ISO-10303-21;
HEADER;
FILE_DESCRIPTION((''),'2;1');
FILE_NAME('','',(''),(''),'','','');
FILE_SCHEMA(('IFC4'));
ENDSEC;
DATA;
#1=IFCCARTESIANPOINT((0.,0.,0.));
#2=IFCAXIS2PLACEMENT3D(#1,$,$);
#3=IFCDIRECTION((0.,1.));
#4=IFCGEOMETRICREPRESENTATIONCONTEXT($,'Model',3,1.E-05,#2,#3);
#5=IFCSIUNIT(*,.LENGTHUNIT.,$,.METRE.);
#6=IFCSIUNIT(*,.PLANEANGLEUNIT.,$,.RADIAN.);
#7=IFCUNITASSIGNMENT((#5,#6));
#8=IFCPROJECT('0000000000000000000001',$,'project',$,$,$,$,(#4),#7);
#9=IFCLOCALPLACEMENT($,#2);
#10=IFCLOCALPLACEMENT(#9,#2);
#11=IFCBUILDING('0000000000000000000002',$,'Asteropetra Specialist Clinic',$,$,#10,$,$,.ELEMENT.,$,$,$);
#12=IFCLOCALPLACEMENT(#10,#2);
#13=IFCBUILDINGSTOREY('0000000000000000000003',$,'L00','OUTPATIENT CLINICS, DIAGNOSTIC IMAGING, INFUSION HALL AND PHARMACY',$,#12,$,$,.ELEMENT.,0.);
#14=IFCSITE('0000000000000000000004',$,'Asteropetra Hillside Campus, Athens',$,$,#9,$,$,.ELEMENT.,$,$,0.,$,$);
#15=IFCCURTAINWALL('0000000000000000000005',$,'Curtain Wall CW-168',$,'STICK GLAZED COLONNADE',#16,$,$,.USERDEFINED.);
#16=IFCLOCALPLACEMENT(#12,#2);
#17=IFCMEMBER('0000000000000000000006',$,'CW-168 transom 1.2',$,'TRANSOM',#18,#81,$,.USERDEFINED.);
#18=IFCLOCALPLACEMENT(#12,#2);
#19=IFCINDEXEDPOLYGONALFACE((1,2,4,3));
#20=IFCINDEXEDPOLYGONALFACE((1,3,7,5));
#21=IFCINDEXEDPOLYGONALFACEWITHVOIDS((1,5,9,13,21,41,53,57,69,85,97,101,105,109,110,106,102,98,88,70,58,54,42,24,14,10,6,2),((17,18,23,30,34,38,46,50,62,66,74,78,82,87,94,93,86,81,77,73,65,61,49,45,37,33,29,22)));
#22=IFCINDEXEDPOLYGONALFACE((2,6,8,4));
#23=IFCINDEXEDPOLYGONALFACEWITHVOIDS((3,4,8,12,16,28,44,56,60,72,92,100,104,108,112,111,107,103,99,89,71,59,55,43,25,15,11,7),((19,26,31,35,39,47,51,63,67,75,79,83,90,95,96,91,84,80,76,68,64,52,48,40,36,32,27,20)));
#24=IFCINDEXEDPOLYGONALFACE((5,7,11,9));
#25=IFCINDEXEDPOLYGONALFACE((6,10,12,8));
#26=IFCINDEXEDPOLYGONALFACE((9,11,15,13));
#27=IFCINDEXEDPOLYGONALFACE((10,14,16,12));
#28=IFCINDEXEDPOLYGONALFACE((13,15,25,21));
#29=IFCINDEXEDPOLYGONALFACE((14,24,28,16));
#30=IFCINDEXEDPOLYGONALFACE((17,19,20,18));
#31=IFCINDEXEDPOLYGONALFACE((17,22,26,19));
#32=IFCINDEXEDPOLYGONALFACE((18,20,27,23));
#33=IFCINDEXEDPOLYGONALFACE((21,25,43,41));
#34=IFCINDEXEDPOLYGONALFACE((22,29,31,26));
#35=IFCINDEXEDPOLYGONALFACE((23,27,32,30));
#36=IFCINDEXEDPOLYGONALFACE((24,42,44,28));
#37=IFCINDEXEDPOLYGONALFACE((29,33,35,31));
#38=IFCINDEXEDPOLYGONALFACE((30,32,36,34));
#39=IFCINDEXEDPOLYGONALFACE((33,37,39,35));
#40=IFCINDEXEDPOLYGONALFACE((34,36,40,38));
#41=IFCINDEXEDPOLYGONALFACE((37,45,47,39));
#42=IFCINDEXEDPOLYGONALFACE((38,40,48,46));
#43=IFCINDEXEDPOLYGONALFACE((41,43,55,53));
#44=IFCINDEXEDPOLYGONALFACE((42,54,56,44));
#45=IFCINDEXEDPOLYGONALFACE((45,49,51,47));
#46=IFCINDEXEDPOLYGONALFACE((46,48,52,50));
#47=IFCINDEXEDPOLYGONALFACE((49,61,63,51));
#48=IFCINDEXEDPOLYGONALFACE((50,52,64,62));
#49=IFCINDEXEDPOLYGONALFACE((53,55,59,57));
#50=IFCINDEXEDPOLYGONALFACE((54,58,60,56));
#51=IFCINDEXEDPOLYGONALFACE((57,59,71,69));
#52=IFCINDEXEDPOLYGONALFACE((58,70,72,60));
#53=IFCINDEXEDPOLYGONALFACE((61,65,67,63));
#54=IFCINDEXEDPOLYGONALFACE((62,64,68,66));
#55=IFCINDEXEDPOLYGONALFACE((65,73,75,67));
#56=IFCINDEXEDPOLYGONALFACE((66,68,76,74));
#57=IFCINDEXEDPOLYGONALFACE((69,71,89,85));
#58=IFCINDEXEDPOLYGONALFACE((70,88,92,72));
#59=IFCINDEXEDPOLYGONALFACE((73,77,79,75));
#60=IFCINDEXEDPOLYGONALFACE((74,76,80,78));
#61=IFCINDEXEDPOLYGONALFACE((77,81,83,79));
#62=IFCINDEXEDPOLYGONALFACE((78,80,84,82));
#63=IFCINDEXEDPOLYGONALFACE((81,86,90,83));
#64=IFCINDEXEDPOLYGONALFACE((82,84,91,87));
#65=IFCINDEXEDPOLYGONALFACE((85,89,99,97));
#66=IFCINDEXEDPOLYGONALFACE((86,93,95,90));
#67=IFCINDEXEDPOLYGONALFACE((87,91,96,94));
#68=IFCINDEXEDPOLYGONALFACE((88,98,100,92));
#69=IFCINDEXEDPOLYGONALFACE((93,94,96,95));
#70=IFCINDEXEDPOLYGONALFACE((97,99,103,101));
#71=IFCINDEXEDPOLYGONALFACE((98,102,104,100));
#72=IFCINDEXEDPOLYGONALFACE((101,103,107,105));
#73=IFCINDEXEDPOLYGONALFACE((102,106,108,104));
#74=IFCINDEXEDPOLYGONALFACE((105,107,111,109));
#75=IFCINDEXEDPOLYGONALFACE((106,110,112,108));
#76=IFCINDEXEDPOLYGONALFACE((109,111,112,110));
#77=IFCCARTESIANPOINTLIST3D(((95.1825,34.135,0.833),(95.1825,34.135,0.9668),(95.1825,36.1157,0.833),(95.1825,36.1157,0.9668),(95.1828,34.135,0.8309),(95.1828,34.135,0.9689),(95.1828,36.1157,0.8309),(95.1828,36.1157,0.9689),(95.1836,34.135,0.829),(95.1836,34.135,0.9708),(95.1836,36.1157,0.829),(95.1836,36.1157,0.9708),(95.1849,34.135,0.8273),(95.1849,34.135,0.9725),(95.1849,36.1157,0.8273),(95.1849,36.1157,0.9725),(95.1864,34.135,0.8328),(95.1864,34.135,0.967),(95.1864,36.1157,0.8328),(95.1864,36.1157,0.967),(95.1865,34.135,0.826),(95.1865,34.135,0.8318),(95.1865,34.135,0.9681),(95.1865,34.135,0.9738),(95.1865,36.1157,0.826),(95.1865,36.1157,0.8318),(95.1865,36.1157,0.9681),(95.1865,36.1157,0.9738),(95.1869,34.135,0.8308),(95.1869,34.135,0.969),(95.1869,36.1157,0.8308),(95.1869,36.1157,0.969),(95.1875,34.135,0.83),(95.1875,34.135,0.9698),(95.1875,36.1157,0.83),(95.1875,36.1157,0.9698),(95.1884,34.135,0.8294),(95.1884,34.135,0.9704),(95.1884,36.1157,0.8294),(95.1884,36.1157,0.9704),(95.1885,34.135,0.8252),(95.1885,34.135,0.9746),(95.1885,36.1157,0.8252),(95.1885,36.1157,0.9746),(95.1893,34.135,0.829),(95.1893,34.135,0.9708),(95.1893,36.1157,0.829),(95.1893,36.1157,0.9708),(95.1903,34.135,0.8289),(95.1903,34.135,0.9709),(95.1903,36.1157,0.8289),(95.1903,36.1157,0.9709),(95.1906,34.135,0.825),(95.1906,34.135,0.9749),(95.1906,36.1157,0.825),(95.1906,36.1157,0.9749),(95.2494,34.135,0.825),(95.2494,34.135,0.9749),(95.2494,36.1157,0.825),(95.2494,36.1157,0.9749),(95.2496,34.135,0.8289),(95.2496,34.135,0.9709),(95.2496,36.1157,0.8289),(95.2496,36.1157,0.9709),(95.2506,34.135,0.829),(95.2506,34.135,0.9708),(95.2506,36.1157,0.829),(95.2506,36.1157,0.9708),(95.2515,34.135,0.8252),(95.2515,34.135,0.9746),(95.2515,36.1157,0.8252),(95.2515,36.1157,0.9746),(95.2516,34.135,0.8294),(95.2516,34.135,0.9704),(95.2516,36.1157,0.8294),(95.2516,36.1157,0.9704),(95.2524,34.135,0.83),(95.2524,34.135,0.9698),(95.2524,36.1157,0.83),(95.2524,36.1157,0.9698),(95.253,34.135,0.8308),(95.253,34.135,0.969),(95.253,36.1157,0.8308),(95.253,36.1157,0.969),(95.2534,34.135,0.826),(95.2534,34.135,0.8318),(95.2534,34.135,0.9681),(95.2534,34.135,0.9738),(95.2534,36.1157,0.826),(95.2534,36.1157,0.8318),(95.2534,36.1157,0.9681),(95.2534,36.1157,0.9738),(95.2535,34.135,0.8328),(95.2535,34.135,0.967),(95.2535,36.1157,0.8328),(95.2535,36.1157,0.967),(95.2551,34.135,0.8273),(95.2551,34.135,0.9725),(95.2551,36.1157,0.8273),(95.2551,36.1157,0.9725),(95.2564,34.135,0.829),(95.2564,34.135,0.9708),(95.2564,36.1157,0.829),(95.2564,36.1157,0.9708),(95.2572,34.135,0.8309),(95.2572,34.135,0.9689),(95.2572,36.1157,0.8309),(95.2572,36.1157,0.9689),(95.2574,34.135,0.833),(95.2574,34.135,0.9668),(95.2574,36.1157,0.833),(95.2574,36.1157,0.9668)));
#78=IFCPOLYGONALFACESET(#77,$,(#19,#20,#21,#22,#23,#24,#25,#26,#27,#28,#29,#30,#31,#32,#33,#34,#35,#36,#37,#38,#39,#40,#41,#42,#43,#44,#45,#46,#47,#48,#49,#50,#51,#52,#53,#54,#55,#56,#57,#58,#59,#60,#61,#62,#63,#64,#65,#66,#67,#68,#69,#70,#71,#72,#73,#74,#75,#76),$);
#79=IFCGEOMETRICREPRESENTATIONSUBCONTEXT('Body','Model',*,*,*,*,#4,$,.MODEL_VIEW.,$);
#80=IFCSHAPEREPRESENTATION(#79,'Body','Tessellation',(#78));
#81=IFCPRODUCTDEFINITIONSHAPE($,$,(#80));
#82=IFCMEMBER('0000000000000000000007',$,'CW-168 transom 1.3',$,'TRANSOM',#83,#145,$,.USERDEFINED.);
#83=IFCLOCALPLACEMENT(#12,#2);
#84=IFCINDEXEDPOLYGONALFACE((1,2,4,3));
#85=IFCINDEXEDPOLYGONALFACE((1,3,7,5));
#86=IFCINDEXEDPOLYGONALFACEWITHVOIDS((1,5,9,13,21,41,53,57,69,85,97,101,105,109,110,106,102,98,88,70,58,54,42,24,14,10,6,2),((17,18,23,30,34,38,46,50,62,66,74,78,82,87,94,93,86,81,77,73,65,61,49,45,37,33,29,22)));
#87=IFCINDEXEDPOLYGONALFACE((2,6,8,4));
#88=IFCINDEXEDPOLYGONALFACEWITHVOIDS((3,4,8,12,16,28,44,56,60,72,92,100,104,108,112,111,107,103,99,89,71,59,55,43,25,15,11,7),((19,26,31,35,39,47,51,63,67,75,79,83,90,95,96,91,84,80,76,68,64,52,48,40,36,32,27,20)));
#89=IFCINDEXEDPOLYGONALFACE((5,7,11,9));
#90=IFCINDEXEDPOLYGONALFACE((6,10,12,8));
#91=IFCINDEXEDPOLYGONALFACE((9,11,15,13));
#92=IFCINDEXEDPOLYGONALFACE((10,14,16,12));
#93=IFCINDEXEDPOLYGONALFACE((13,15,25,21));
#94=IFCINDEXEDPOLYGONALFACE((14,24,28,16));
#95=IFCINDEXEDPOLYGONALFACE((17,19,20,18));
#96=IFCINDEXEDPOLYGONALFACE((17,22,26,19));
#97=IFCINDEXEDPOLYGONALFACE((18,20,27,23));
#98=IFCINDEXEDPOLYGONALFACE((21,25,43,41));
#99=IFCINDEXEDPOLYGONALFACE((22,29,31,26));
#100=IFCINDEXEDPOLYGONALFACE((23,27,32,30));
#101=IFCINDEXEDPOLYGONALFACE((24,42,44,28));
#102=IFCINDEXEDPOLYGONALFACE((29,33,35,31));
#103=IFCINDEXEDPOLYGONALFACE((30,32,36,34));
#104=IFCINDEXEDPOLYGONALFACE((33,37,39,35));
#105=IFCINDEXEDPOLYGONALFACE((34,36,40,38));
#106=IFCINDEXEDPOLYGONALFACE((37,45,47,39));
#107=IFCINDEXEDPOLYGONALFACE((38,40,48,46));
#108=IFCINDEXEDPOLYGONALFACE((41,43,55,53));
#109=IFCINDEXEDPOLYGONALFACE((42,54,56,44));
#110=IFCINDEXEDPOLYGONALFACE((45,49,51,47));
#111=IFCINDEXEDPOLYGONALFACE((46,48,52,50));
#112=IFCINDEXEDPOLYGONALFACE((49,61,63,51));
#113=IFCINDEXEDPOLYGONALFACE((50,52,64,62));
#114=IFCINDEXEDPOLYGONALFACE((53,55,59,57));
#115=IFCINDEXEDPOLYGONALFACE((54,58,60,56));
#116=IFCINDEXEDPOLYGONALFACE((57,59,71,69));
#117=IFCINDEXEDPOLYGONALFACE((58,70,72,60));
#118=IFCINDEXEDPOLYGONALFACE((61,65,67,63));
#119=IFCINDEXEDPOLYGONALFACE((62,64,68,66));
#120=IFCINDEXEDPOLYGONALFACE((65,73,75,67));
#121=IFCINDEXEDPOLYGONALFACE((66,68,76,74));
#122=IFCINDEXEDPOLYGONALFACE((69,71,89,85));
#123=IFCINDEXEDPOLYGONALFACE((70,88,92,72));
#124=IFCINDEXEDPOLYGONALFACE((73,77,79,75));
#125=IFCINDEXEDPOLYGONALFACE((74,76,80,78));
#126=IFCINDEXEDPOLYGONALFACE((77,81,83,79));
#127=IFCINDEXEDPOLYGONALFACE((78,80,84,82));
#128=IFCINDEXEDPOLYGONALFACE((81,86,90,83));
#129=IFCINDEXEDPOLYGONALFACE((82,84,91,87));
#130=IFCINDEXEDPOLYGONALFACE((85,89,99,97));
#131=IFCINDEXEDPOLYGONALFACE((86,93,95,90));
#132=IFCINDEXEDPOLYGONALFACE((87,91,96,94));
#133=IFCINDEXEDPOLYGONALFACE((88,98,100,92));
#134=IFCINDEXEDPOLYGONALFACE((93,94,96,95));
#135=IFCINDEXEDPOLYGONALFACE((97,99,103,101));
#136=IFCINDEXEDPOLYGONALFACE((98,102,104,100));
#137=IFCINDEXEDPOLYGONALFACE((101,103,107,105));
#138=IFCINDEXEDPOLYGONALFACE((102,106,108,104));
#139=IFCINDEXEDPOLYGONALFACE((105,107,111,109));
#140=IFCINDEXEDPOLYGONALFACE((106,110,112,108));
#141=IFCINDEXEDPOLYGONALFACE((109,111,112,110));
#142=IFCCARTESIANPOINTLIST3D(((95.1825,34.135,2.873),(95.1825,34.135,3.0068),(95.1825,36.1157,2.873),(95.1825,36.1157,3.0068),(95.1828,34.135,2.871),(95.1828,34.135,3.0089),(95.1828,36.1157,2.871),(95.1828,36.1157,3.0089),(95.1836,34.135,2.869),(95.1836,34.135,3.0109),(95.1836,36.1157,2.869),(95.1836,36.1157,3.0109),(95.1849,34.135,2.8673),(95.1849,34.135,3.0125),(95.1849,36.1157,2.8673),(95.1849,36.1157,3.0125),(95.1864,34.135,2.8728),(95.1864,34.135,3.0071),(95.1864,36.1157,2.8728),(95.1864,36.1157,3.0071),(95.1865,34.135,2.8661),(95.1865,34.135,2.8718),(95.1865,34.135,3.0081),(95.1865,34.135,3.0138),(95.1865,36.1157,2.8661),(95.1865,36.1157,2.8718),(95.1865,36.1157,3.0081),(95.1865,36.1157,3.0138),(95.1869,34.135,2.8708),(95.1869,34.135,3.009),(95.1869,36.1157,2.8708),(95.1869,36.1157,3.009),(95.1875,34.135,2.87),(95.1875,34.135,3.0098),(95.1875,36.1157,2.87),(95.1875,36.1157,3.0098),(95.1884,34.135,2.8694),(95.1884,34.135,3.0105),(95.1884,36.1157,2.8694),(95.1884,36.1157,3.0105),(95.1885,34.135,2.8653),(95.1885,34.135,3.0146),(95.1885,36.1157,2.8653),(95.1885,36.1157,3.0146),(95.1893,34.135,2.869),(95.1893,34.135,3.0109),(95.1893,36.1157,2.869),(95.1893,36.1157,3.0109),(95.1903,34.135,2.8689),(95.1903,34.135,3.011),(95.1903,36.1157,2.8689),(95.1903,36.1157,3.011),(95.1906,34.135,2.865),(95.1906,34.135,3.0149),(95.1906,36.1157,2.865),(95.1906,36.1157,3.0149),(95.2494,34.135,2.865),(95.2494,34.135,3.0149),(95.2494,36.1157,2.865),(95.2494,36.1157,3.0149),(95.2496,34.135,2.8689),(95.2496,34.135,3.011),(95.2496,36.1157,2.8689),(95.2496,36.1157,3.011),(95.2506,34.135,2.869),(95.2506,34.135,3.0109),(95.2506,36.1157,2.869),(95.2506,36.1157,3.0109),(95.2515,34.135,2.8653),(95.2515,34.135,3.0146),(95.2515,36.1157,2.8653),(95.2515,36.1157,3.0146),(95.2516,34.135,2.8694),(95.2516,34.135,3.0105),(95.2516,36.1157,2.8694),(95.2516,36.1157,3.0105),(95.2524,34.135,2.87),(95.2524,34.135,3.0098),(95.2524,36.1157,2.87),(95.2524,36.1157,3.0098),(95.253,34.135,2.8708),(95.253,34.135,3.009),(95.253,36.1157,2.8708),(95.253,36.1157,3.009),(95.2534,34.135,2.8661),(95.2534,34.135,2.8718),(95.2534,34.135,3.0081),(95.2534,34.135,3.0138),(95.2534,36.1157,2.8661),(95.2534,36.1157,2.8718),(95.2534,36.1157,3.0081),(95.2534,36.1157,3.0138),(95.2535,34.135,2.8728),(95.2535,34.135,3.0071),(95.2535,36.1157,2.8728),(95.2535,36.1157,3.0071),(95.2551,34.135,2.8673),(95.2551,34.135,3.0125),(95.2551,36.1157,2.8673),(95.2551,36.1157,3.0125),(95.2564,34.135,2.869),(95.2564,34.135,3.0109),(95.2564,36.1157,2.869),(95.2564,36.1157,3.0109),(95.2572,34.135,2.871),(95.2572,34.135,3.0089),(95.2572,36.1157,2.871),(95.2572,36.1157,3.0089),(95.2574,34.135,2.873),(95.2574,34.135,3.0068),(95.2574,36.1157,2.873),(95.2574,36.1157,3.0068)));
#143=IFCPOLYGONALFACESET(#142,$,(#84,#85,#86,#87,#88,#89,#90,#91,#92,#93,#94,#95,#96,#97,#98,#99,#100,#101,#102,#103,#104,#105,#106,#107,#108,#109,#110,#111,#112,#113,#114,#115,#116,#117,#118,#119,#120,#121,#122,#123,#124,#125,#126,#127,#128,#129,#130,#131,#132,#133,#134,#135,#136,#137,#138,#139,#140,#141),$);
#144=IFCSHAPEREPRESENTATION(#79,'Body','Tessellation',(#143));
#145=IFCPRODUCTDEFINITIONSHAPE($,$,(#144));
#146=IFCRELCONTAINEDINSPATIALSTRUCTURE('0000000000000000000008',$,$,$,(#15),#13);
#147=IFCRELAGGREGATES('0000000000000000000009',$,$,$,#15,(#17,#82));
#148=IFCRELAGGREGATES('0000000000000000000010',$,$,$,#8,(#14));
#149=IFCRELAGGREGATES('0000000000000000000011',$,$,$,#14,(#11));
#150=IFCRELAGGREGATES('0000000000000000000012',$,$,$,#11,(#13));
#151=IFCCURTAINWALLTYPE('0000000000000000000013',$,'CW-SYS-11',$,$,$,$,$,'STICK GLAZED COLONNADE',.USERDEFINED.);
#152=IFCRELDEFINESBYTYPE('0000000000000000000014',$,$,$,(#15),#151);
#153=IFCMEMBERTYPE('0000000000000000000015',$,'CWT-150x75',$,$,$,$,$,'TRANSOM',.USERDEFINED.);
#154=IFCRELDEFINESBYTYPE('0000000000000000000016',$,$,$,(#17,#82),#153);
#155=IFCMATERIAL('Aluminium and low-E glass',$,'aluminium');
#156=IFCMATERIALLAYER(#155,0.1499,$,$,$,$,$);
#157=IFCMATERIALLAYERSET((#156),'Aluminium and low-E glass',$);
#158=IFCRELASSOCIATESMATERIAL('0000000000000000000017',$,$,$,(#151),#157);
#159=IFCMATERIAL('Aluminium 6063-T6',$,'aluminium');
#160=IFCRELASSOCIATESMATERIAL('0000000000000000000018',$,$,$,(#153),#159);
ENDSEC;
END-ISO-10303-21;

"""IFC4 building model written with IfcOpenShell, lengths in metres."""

from ifc_helpers import new_model, si_unit, direction, frame, origin, origin_2d, place, context, subcontext, project, spatial, hollow_rectangle, extrude, material, layer, layer_set, material_profile, profile_set, type_object, element, aggregate, save


model = new_model("IFC4")

# Units and contexts
model_context = context("Model", 3, precision=1e-05, world=origin(), true_north=direction((0.0, 1.0)))
body_context = subcontext(model_context, "Body", "Model", "MODEL_VIEW")
ifc_project = project(units=[si_unit("LENGTHUNIT", "METRE"), si_unit("PLANEANGLEUNIT", "RADIAN")], contexts=[model_context])

# Site, building, storey
site_placement = place(None, origin())
site = spatial("IfcSite", under=ifc_project, at=site_placement, Name="Asteropetra Hillside Campus, Athens", CompositionType="ELEMENT", RefElevation=0.0)
building_placement = place(site_placement, origin())
building = spatial("IfcBuilding", under=site, at=building_placement, Name="Asteropetra Specialist Clinic", CompositionType="ELEMENT")
storey_placement = place(building_placement, origin())
storey = spatial("IfcBuildingStorey", under=building, at=storey_placement, Name="L00", Description="OUTPATIENT CLINICS, DIAGNOSTIC IMAGING, INFUSION HALL AND PHARMACY", CompositionType="ELEMENT", Elevation=0.0)

# Curtain wall, members
ifc_material_1 = material(Name="Aluminium and low-E glass", Category="aluminium")
ifc_layer_1 = layer(ifc_material_1, 0.1499)
ifc_layer_set_1 = layer_set([ifc_layer_1], Name="Aluminium and low-E glass")
curtain_wall_type = type_object("IfcCurtainWallType", Name="CW-SYS-11", ElementType="STICK GLAZED COLONNADE", PredefinedType="USERDEFINED", material=ifc_layer_set_1)
curtain_wall_placement = place(storey_placement, origin())
curtain_wall = element("IfcCurtainWall", 1, at=curtain_wall_placement, inside=storey, type_object=curtain_wall_type, Name="Curtain Wall CW-168", ObjectType="STICK GLAZED COLONNADE", PredefinedType="USERDEFINED")
ifc_material_2 = material(Name="Aluminium 6063-T6", Category="aluminium")
ifc_material_profile_1 = material_profile(ifc_material_2, hollow_rectangle(XDim=0.075, YDim=0.1499, WallThickness=0.0039, InnerFilletRadius=0.0039, OuterFilletRadius=0.0081, at=origin_2d()), Name="TRN 150x75x4.0")
ifc_profile_set_1 = profile_set([ifc_material_profile_1], Name="Aluminium 6063-T6")
member_type_1 = type_object("IfcMemberType", Name="CWT-150x75", ElementType="TRANSOM", PredefinedType="USERDEFINED", material=ifc_profile_set_1)
member_1_placement = place(storey_placement, frame((95.22, 34.135, 0.8999), z_axis=(0.0, 1.0, 0.0), x_axis=(-1.0, 0.0, 0.0)))
member_1 = element("IfcMember", 2, at=member_1_placement, type_object=member_type_1, Name="CW-168 transom 1.2", ObjectType="TRANSOM", PredefinedType="USERDEFINED", context=body_context, shape_type="SweptSolid", body=[
    extrude(hollow_rectangle(XDim=0.075, YDim=0.1499, WallThickness=0.0039, InnerFilletRadius=0.0039, OuterFilletRadius=0.0081, at=origin_2d()), origin(), (0.0, 0.0, 1.0), 1.9807),
])
member_2_placement = place(storey_placement, frame((95.22, 34.135, 2.9399), z_axis=(0.0, 1.0, 0.0), x_axis=(-1.0, 0.0, 0.0)))
member_2 = element("IfcMember", 3, at=member_2_placement, type_object=member_type_1, Name="CW-168 transom 1.3", ObjectType="TRANSOM", PredefinedType="USERDEFINED", context=body_context, shape_type="SweptSolid", body=[
    extrude(hollow_rectangle(XDim=0.075, YDim=0.1499, WallThickness=0.0039, InnerFilletRadius=0.0039, OuterFilletRadius=0.0081, at=origin_2d()), origin(), (0.0, 0.0, 1.0), 1.9807),
])
aggregate(curtain_wall, [member_1, member_2])

save(model, "model.ifc")
